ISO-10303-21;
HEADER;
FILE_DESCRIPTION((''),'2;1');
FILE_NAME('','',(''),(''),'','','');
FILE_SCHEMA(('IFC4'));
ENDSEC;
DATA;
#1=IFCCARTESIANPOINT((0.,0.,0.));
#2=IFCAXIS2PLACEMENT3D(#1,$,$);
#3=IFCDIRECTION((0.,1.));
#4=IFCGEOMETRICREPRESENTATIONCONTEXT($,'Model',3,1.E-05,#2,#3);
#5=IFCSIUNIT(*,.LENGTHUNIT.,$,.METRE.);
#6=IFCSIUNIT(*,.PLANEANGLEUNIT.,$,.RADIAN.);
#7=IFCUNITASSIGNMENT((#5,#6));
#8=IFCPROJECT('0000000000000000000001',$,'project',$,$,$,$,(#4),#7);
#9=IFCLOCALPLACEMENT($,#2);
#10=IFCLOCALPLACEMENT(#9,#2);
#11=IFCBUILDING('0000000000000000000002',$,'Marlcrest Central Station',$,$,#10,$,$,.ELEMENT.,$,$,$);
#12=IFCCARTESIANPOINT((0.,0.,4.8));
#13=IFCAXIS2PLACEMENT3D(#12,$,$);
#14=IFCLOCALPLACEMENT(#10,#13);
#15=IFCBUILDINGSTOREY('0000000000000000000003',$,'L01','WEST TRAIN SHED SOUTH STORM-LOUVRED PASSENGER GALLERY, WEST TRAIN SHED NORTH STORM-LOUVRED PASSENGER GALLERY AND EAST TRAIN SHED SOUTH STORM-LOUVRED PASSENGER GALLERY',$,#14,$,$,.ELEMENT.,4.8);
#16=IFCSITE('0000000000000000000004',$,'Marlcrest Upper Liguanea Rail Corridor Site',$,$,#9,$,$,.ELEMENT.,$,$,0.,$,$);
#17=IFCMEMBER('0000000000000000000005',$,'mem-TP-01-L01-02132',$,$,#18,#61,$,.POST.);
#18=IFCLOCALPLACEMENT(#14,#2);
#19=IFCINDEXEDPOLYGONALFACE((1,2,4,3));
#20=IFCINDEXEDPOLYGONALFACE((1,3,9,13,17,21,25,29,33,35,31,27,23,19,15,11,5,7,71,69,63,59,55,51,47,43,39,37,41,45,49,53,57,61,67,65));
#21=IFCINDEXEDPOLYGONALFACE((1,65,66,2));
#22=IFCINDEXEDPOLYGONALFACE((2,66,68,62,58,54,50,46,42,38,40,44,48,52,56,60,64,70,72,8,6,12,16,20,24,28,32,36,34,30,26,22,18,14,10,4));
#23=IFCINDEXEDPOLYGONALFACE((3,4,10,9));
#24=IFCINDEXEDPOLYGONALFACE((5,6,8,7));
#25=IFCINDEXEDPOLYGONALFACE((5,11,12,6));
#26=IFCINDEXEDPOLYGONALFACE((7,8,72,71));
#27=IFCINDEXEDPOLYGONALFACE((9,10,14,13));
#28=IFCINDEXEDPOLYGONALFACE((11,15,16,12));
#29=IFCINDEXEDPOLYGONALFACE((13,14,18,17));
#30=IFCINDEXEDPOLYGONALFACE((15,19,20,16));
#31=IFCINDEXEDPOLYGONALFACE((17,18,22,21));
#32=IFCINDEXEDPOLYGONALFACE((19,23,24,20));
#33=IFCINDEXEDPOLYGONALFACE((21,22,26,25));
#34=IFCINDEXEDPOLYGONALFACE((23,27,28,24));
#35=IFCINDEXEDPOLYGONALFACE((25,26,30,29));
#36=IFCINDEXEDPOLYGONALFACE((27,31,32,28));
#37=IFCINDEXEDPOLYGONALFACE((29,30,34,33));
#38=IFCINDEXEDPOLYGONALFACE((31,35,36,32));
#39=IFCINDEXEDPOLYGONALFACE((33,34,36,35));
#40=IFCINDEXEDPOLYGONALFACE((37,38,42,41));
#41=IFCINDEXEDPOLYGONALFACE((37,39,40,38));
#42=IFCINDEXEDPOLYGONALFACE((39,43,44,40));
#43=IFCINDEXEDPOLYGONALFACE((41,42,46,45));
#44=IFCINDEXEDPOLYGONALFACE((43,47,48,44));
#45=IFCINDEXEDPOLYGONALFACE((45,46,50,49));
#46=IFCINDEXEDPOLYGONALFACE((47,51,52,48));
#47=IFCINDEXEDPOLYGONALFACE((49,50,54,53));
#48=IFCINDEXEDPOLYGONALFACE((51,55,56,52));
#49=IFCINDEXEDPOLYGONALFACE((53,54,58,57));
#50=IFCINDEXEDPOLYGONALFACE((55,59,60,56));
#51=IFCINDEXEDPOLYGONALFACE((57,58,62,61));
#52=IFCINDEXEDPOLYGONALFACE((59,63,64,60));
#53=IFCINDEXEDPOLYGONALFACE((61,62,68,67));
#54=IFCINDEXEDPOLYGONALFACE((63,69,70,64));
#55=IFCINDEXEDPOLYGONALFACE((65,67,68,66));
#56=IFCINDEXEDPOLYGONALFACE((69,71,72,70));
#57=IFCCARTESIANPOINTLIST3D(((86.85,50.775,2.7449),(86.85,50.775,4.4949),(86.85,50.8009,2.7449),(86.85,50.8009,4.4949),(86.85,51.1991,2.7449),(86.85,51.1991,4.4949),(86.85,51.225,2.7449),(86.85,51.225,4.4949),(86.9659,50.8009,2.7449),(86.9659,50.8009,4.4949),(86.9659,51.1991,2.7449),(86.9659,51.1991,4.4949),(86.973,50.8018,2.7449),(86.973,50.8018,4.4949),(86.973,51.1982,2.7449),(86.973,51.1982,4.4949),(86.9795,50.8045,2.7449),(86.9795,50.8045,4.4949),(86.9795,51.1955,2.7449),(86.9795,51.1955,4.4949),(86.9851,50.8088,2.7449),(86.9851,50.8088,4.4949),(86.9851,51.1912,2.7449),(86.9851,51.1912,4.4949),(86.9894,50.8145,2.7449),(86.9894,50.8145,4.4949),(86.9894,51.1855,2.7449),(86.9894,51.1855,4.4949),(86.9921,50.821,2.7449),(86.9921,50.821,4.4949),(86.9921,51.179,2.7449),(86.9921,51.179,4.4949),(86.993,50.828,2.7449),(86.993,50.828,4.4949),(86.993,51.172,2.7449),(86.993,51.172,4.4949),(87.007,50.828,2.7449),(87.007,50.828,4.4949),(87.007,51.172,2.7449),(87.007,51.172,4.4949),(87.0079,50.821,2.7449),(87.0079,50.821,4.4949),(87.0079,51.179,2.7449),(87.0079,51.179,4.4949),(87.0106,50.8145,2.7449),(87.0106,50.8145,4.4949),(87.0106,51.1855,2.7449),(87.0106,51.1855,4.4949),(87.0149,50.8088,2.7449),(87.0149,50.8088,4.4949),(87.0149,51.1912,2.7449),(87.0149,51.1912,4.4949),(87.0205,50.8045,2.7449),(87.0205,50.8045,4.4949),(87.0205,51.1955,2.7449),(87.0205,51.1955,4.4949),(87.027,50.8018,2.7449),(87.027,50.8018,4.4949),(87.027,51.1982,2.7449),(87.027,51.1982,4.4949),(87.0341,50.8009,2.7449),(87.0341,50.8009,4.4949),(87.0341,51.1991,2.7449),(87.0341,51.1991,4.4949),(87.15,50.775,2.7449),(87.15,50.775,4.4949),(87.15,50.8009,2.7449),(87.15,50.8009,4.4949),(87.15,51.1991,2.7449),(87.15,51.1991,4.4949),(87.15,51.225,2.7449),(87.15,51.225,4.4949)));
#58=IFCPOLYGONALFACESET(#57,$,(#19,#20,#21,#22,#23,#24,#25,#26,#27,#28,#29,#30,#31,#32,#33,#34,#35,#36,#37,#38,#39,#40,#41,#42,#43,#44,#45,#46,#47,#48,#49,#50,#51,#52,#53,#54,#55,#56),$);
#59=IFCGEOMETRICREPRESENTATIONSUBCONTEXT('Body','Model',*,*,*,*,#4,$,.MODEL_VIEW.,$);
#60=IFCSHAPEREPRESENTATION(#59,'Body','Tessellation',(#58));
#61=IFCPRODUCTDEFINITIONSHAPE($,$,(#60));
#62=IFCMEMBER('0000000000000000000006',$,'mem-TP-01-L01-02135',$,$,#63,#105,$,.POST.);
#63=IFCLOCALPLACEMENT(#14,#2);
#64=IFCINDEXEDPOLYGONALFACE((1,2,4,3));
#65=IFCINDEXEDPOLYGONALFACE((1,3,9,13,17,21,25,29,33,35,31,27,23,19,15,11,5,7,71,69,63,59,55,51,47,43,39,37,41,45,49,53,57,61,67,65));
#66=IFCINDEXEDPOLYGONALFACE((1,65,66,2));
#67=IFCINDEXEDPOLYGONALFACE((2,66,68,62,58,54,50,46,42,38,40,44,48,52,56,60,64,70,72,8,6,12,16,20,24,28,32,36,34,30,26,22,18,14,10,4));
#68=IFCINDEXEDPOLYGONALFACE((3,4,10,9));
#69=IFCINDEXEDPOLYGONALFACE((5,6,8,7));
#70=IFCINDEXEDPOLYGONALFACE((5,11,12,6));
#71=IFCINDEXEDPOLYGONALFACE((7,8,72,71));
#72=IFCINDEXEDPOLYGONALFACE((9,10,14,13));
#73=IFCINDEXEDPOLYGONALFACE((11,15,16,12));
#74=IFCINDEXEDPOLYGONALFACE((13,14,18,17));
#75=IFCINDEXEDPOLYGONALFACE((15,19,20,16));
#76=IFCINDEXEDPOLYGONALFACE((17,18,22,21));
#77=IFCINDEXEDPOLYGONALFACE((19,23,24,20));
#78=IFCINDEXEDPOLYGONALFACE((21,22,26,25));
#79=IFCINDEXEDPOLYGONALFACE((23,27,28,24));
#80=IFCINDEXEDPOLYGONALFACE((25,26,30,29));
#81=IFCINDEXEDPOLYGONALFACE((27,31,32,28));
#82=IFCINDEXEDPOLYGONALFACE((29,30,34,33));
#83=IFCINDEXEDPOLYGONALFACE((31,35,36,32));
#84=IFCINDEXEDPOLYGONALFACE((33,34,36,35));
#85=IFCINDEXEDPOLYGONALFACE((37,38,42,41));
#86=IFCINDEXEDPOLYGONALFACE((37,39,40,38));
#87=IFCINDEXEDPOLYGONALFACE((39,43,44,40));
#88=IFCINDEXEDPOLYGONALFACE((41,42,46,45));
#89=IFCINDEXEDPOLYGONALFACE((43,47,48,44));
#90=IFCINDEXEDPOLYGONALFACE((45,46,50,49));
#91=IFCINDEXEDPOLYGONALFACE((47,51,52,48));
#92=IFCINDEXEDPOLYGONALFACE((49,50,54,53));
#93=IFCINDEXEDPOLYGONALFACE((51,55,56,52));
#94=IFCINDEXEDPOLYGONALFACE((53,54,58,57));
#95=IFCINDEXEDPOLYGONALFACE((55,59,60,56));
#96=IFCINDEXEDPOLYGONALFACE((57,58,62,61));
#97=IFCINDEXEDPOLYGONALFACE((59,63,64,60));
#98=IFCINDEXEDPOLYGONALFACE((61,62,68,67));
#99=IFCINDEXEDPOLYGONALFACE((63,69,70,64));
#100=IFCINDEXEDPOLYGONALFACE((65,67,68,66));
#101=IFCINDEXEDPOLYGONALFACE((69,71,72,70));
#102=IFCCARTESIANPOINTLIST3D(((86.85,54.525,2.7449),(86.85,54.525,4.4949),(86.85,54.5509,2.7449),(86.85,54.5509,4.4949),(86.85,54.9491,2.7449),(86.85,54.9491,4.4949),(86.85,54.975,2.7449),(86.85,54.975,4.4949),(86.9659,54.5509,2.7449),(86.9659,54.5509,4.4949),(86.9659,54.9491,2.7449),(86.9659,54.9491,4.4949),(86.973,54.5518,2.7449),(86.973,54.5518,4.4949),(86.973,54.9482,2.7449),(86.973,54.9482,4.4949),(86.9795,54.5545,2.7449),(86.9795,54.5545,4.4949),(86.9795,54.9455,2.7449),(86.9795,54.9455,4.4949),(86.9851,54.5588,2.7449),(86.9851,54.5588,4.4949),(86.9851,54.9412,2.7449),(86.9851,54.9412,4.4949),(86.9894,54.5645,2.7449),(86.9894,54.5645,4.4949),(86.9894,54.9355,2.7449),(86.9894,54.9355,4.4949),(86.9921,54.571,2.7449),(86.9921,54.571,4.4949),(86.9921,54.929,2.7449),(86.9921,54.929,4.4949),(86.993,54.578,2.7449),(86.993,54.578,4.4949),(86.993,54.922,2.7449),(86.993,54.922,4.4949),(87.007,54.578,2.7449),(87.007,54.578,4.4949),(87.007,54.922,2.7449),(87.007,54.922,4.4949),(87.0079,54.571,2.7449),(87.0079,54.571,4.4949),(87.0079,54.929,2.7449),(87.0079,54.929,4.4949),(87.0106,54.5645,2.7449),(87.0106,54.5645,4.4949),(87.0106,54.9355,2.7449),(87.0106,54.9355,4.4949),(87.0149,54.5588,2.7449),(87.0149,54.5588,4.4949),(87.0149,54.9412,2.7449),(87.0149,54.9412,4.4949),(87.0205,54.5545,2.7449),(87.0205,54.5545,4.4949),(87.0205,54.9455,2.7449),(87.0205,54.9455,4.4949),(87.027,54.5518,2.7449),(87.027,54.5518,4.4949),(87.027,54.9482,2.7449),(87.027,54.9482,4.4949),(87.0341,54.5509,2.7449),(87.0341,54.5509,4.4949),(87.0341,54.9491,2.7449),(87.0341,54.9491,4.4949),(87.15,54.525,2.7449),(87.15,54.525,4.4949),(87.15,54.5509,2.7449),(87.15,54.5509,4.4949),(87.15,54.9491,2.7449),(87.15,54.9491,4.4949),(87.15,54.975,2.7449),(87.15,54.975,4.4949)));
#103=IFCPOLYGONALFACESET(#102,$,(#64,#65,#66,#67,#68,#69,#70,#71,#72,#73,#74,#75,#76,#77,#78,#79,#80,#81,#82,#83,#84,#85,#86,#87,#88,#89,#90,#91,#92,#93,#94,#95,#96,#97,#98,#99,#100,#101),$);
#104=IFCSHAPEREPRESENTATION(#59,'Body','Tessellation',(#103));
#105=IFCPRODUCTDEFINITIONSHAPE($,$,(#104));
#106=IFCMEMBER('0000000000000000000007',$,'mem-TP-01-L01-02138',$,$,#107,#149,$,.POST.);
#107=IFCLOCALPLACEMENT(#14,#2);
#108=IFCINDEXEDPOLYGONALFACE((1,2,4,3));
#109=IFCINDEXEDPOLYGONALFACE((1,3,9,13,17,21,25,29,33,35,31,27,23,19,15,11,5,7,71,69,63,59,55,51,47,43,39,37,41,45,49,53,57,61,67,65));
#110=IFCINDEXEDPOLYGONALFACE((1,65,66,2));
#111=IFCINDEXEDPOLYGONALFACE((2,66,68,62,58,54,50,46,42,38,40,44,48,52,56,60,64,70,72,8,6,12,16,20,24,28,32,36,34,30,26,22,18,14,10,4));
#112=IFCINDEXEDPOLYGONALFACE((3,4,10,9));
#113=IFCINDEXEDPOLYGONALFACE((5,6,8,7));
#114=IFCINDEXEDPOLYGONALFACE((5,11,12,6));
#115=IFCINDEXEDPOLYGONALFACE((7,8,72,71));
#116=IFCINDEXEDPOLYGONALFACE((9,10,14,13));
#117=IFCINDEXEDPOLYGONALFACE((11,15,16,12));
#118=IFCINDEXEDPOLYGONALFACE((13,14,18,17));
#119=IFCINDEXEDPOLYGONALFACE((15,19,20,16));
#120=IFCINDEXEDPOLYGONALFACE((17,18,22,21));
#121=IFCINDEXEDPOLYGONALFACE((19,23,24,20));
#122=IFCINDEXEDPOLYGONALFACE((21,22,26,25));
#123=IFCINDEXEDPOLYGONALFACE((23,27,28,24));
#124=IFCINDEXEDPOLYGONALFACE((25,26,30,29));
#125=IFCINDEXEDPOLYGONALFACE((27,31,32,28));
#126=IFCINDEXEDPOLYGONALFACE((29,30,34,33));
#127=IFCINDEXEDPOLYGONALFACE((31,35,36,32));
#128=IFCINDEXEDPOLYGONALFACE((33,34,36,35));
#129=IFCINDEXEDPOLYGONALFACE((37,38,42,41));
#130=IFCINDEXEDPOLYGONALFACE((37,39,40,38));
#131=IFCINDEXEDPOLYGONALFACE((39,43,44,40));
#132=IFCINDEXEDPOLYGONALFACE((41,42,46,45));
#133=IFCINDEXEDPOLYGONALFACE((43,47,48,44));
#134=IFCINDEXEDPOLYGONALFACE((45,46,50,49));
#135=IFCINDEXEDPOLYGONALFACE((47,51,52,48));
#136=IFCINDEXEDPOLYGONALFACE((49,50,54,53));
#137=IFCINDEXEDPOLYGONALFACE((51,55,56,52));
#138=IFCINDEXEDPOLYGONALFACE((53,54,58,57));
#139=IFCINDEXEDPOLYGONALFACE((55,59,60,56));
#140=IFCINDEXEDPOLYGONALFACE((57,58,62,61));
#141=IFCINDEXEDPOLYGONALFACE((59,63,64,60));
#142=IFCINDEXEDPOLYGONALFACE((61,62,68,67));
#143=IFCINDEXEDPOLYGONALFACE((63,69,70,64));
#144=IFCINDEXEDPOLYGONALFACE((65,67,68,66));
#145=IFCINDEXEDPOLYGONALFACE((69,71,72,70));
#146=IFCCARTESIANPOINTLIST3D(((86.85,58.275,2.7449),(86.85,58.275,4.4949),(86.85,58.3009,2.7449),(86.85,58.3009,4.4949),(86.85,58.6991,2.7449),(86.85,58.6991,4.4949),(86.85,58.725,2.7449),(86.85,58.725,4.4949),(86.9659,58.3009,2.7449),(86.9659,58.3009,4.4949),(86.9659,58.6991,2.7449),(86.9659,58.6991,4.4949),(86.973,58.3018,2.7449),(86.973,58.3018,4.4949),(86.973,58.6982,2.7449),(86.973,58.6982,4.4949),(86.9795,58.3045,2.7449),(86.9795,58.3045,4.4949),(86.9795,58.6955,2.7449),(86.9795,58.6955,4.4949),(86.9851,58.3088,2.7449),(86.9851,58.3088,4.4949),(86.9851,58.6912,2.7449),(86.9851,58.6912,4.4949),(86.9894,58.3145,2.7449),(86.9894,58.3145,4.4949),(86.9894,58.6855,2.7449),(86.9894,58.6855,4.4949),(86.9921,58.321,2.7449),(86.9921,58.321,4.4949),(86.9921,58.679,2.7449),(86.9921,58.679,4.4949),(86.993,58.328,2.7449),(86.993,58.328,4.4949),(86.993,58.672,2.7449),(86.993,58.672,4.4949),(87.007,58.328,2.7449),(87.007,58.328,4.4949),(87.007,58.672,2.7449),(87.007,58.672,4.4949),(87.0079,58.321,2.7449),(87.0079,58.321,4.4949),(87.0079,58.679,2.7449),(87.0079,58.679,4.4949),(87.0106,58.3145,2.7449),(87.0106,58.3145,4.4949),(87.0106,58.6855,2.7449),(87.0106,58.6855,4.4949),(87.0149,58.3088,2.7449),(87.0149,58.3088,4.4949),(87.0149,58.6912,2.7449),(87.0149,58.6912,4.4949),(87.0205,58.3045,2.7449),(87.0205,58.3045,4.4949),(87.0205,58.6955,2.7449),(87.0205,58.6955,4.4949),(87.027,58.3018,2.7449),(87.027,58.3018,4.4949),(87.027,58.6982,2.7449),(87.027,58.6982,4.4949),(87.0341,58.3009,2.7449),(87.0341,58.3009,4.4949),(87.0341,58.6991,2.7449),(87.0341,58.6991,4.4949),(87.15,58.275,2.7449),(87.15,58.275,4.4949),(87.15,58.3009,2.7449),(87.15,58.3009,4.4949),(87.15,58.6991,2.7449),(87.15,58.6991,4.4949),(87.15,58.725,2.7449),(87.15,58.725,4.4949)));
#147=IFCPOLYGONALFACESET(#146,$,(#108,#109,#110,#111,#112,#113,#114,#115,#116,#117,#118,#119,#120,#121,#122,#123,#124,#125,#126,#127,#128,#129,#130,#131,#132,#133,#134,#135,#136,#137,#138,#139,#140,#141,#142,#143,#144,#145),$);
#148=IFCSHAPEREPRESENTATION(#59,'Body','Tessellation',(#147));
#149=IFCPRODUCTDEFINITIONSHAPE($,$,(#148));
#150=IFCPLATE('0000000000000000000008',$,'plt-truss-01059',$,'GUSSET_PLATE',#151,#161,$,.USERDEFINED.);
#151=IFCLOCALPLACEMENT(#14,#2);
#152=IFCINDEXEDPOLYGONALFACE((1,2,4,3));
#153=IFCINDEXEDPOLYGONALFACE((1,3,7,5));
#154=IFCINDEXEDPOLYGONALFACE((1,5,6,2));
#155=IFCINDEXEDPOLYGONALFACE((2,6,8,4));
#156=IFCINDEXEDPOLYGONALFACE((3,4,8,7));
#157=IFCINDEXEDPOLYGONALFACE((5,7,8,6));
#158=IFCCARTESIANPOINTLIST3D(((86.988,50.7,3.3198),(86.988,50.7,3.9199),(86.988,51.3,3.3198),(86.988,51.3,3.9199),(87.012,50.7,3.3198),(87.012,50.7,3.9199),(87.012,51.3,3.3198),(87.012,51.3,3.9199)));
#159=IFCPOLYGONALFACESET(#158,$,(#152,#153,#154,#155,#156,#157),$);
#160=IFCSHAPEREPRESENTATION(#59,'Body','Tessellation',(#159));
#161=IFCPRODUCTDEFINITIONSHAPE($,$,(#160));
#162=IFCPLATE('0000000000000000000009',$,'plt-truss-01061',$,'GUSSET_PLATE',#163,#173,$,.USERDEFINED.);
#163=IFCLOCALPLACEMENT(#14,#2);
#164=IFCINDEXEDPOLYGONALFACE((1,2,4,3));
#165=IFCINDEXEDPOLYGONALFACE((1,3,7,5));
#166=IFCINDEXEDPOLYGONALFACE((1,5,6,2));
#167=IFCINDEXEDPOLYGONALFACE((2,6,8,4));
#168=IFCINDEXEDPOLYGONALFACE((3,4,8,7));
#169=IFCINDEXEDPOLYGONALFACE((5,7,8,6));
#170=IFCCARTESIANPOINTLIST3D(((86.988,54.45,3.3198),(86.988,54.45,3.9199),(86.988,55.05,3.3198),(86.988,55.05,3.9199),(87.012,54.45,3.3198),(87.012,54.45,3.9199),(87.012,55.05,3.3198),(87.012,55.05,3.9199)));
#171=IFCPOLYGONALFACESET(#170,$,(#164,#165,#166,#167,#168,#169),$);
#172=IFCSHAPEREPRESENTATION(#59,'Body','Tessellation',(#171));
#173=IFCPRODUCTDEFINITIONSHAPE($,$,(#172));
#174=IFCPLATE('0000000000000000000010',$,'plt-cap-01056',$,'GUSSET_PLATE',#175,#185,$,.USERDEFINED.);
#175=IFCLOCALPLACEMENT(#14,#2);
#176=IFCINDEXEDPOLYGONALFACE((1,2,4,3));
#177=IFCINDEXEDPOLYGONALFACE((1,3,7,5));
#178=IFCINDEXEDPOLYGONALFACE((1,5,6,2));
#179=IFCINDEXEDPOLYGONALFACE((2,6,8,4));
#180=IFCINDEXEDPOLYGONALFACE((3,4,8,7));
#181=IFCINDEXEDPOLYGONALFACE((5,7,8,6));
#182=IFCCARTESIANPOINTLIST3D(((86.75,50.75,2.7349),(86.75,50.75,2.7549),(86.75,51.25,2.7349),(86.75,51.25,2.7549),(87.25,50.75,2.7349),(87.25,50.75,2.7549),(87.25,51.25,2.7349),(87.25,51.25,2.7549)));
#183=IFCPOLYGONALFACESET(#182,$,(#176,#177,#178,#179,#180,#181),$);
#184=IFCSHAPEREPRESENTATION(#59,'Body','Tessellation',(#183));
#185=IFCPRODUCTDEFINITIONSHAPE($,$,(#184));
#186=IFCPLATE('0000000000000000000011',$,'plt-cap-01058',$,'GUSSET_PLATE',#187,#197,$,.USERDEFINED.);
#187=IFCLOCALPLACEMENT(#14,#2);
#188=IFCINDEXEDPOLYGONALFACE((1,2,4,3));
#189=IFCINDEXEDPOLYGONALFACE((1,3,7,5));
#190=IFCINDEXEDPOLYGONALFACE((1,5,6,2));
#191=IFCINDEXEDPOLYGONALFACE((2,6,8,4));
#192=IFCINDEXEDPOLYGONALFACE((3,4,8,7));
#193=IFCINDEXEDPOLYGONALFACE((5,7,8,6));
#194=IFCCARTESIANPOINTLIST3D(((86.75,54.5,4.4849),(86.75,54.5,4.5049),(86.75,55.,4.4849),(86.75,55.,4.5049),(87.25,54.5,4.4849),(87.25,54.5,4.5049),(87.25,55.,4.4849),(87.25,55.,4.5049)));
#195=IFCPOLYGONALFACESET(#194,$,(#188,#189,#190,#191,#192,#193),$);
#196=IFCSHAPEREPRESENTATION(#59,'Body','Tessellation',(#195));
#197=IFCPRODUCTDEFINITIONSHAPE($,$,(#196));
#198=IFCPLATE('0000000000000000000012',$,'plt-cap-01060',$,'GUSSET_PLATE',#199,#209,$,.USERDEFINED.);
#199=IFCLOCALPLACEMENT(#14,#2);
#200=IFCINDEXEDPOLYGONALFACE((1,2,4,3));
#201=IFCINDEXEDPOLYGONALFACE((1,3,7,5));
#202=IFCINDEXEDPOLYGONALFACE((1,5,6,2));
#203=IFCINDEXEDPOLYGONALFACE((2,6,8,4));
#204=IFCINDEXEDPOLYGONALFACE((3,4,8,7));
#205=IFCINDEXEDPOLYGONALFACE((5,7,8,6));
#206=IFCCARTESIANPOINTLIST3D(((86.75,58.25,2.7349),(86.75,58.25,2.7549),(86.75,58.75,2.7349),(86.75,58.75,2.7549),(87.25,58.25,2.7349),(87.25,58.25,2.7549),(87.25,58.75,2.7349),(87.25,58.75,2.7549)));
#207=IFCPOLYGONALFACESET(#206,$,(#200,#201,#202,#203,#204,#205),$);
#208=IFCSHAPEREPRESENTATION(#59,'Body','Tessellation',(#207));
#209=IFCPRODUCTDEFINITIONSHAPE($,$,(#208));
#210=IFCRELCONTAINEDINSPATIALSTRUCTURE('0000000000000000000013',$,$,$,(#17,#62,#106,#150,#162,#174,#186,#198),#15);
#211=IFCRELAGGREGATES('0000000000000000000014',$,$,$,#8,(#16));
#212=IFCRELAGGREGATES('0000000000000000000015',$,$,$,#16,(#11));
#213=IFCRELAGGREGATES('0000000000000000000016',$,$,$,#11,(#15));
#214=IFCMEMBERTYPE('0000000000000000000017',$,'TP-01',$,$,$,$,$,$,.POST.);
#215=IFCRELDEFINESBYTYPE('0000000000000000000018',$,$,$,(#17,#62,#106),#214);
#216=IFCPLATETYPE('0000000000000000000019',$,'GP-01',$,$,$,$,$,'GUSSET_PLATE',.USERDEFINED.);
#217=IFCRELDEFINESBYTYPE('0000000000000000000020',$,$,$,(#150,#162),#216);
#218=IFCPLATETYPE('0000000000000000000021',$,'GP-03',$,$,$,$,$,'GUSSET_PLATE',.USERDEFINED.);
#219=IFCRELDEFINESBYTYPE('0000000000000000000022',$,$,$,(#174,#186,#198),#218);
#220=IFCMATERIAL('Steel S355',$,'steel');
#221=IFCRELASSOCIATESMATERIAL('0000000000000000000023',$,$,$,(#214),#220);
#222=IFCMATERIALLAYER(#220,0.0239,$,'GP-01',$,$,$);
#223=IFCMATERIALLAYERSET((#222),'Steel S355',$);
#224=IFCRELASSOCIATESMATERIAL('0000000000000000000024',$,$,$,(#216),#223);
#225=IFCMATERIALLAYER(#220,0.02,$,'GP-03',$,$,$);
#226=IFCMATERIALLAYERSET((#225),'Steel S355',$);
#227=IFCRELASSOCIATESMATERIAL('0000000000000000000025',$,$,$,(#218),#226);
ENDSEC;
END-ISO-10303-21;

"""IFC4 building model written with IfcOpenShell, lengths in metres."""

from ifc_helpers import new_model, si_unit, direction, frame, origin, origin_2d, place, context, subcontext, project, spatial, rectangle, i_section, extrude, material, layer, layer_set, material_profile, profile_set, type_object, element, save


model = new_model("IFC4")

# Units and contexts
model_context = context("Model", 3, precision=1e-05, world=origin(), true_north=direction((0.0, 1.0)))
body_context = subcontext(model_context, "Body", "Model", "MODEL_VIEW")
ifc_project = project(units=[si_unit("LENGTHUNIT", "METRE"), si_unit("PLANEANGLEUNIT", "RADIAN")], contexts=[model_context])

# Site, building, storey
site_placement = place(None, origin())
site = spatial("IfcSite", under=ifc_project, at=site_placement, Name="Marlcrest Upper Liguanea Rail Corridor Site", CompositionType="ELEMENT", RefElevation=0.0)
building_placement = place(site_placement, origin())
building = spatial("IfcBuilding", under=site, at=building_placement, Name="Marlcrest Central Station", CompositionType="ELEMENT")
storey_placement = place(building_placement, frame((0.0, 0.0, 4.8)))
storey = spatial("IfcBuildingStorey", under=building, at=storey_placement, Name="L01", Description="WEST TRAIN SHED SOUTH STORM-LOUVRED PASSENGER GALLERY, WEST TRAIN SHED NORTH STORM-LOUVRED PASSENGER GALLERY AND EAST TRAIN SHED SOUTH STORM-LOUVRED PASSENGER GALLERY", CompositionType="ELEMENT", Elevation=4.8)

# Shared definitions
ifc_material = material(Name="Steel S355", Category="steel")

# Members
ifc_material_profile_1 = material_profile(ifc_material, i_section(OverallWidth=0.3, OverallDepth=0.45, WebThickness=0.0139, FlangeThickness=0.0259, FilletRadius=0.0271, at=origin_2d()), Name="HEB 450")
ifc_profile_set_1 = profile_set([ifc_material_profile_1], Name="Steel S355")
member_type_1 = type_object("IfcMemberType", Name="TP-01", PredefinedType="POST", material=ifc_profile_set_1)
for number, where, z_axis, x_axis, name in (
    (1, (87.0, 51.0, 2.7449), (0.0, 0.0, 1.0), (1.0, 0.0, 0.0), "mem-TP-01-L01-02132"),
    (2, (87.0, 54.75, 2.7449), (0.0, 0.0, 1.0), (1.0, 0.0, 0.0), "mem-TP-01-L01-02135"),
    (3, (87.0, 58.5, 2.7449), (0.0, 0.0, 1.0), (1.0, 0.0, 0.0), "mem-TP-01-L01-02138"),
):
    element("IfcMember", number, at=place(storey_placement, frame(where, z_axis=z_axis, x_axis=x_axis)), inside=storey, type_object=member_type_1, Name=name, PredefinedType="POST", context=body_context, shape_type="SweptSolid", body=[
        extrude(i_section(OverallWidth=0.3, OverallDepth=0.45, WebThickness=0.0139, FlangeThickness=0.0259, FilletRadius=0.0271, at=origin_2d()), origin(), (0.0, 0.0, 1.0), 1.75),
    ])

# Plates
ifc_layer_1 = layer(ifc_material, 0.0239, Name="GP-01")
ifc_layer_set_1 = layer_set([ifc_layer_1], Name="Steel S355")
plate_type_1 = type_object("IfcPlateType", Name="GP-01", ElementType="GUSSET_PLATE", PredefinedType="USERDEFINED", material=ifc_layer_set_1)
for number, where, z_axis, x_axis, name in (
    (4, (87.0, 51.0, 3.3198), (0.0, 0.0, 1.0), (1.0, 0.0, 0.0), "plt-truss-01059"),
    (5, (87.0, 54.75, 3.3198), (0.0, 0.0, 1.0), (1.0, 0.0, 0.0), "plt-truss-01061"),
):
    element("IfcPlate", number, at=place(storey_placement, frame(where, z_axis=z_axis, x_axis=x_axis)), inside=storey, type_object=plate_type_1, Name=name, ObjectType="GUSSET_PLATE", PredefinedType="USERDEFINED", context=body_context, shape_type="SweptSolid", body=[
        extrude(rectangle(XDim=0.0239, YDim=0.6001, at=origin_2d()), origin(), (0.0, 0.0, 1.0), 0.6001),
    ])
ifc_layer_2 = layer(ifc_material, 0.02, Name="GP-03")
ifc_layer_set_2 = layer_set([ifc_layer_2], Name="Steel S355")
plate_type_2 = type_object("IfcPlateType", Name="GP-03", ElementType="GUSSET_PLATE", PredefinedType="USERDEFINED", material=ifc_layer_set_2)
for number, where, z_axis, x_axis, name in (
    (6, (87.0, 51.0, 2.7349), (0.0, 0.0, 1.0), (1.0, 0.0, 0.0), "plt-cap-01056"),
    (7, (87.0, 54.75, 4.4849), (0.0, 0.0, 1.0), (1.0, 0.0, 0.0), "plt-cap-01058"),
    (8, (87.0, 58.5, 2.7349), (0.0, 0.0, 1.0), (1.0, 0.0, 0.0), "plt-cap-01060"),
):
    element("IfcPlate", number, at=place(storey_placement, frame(where, z_axis=z_axis, x_axis=x_axis)), inside=storey, type_object=plate_type_2, Name=name, ObjectType="GUSSET_PLATE", PredefinedType="USERDEFINED", context=body_context, shape_type="SweptSolid", body=[
        extrude(rectangle(XDim=0.5, YDim=0.5, at=origin_2d()), origin(), (0.0, 0.0, 1.0), 0.02),
    ])

save(model, "model.ifc")
